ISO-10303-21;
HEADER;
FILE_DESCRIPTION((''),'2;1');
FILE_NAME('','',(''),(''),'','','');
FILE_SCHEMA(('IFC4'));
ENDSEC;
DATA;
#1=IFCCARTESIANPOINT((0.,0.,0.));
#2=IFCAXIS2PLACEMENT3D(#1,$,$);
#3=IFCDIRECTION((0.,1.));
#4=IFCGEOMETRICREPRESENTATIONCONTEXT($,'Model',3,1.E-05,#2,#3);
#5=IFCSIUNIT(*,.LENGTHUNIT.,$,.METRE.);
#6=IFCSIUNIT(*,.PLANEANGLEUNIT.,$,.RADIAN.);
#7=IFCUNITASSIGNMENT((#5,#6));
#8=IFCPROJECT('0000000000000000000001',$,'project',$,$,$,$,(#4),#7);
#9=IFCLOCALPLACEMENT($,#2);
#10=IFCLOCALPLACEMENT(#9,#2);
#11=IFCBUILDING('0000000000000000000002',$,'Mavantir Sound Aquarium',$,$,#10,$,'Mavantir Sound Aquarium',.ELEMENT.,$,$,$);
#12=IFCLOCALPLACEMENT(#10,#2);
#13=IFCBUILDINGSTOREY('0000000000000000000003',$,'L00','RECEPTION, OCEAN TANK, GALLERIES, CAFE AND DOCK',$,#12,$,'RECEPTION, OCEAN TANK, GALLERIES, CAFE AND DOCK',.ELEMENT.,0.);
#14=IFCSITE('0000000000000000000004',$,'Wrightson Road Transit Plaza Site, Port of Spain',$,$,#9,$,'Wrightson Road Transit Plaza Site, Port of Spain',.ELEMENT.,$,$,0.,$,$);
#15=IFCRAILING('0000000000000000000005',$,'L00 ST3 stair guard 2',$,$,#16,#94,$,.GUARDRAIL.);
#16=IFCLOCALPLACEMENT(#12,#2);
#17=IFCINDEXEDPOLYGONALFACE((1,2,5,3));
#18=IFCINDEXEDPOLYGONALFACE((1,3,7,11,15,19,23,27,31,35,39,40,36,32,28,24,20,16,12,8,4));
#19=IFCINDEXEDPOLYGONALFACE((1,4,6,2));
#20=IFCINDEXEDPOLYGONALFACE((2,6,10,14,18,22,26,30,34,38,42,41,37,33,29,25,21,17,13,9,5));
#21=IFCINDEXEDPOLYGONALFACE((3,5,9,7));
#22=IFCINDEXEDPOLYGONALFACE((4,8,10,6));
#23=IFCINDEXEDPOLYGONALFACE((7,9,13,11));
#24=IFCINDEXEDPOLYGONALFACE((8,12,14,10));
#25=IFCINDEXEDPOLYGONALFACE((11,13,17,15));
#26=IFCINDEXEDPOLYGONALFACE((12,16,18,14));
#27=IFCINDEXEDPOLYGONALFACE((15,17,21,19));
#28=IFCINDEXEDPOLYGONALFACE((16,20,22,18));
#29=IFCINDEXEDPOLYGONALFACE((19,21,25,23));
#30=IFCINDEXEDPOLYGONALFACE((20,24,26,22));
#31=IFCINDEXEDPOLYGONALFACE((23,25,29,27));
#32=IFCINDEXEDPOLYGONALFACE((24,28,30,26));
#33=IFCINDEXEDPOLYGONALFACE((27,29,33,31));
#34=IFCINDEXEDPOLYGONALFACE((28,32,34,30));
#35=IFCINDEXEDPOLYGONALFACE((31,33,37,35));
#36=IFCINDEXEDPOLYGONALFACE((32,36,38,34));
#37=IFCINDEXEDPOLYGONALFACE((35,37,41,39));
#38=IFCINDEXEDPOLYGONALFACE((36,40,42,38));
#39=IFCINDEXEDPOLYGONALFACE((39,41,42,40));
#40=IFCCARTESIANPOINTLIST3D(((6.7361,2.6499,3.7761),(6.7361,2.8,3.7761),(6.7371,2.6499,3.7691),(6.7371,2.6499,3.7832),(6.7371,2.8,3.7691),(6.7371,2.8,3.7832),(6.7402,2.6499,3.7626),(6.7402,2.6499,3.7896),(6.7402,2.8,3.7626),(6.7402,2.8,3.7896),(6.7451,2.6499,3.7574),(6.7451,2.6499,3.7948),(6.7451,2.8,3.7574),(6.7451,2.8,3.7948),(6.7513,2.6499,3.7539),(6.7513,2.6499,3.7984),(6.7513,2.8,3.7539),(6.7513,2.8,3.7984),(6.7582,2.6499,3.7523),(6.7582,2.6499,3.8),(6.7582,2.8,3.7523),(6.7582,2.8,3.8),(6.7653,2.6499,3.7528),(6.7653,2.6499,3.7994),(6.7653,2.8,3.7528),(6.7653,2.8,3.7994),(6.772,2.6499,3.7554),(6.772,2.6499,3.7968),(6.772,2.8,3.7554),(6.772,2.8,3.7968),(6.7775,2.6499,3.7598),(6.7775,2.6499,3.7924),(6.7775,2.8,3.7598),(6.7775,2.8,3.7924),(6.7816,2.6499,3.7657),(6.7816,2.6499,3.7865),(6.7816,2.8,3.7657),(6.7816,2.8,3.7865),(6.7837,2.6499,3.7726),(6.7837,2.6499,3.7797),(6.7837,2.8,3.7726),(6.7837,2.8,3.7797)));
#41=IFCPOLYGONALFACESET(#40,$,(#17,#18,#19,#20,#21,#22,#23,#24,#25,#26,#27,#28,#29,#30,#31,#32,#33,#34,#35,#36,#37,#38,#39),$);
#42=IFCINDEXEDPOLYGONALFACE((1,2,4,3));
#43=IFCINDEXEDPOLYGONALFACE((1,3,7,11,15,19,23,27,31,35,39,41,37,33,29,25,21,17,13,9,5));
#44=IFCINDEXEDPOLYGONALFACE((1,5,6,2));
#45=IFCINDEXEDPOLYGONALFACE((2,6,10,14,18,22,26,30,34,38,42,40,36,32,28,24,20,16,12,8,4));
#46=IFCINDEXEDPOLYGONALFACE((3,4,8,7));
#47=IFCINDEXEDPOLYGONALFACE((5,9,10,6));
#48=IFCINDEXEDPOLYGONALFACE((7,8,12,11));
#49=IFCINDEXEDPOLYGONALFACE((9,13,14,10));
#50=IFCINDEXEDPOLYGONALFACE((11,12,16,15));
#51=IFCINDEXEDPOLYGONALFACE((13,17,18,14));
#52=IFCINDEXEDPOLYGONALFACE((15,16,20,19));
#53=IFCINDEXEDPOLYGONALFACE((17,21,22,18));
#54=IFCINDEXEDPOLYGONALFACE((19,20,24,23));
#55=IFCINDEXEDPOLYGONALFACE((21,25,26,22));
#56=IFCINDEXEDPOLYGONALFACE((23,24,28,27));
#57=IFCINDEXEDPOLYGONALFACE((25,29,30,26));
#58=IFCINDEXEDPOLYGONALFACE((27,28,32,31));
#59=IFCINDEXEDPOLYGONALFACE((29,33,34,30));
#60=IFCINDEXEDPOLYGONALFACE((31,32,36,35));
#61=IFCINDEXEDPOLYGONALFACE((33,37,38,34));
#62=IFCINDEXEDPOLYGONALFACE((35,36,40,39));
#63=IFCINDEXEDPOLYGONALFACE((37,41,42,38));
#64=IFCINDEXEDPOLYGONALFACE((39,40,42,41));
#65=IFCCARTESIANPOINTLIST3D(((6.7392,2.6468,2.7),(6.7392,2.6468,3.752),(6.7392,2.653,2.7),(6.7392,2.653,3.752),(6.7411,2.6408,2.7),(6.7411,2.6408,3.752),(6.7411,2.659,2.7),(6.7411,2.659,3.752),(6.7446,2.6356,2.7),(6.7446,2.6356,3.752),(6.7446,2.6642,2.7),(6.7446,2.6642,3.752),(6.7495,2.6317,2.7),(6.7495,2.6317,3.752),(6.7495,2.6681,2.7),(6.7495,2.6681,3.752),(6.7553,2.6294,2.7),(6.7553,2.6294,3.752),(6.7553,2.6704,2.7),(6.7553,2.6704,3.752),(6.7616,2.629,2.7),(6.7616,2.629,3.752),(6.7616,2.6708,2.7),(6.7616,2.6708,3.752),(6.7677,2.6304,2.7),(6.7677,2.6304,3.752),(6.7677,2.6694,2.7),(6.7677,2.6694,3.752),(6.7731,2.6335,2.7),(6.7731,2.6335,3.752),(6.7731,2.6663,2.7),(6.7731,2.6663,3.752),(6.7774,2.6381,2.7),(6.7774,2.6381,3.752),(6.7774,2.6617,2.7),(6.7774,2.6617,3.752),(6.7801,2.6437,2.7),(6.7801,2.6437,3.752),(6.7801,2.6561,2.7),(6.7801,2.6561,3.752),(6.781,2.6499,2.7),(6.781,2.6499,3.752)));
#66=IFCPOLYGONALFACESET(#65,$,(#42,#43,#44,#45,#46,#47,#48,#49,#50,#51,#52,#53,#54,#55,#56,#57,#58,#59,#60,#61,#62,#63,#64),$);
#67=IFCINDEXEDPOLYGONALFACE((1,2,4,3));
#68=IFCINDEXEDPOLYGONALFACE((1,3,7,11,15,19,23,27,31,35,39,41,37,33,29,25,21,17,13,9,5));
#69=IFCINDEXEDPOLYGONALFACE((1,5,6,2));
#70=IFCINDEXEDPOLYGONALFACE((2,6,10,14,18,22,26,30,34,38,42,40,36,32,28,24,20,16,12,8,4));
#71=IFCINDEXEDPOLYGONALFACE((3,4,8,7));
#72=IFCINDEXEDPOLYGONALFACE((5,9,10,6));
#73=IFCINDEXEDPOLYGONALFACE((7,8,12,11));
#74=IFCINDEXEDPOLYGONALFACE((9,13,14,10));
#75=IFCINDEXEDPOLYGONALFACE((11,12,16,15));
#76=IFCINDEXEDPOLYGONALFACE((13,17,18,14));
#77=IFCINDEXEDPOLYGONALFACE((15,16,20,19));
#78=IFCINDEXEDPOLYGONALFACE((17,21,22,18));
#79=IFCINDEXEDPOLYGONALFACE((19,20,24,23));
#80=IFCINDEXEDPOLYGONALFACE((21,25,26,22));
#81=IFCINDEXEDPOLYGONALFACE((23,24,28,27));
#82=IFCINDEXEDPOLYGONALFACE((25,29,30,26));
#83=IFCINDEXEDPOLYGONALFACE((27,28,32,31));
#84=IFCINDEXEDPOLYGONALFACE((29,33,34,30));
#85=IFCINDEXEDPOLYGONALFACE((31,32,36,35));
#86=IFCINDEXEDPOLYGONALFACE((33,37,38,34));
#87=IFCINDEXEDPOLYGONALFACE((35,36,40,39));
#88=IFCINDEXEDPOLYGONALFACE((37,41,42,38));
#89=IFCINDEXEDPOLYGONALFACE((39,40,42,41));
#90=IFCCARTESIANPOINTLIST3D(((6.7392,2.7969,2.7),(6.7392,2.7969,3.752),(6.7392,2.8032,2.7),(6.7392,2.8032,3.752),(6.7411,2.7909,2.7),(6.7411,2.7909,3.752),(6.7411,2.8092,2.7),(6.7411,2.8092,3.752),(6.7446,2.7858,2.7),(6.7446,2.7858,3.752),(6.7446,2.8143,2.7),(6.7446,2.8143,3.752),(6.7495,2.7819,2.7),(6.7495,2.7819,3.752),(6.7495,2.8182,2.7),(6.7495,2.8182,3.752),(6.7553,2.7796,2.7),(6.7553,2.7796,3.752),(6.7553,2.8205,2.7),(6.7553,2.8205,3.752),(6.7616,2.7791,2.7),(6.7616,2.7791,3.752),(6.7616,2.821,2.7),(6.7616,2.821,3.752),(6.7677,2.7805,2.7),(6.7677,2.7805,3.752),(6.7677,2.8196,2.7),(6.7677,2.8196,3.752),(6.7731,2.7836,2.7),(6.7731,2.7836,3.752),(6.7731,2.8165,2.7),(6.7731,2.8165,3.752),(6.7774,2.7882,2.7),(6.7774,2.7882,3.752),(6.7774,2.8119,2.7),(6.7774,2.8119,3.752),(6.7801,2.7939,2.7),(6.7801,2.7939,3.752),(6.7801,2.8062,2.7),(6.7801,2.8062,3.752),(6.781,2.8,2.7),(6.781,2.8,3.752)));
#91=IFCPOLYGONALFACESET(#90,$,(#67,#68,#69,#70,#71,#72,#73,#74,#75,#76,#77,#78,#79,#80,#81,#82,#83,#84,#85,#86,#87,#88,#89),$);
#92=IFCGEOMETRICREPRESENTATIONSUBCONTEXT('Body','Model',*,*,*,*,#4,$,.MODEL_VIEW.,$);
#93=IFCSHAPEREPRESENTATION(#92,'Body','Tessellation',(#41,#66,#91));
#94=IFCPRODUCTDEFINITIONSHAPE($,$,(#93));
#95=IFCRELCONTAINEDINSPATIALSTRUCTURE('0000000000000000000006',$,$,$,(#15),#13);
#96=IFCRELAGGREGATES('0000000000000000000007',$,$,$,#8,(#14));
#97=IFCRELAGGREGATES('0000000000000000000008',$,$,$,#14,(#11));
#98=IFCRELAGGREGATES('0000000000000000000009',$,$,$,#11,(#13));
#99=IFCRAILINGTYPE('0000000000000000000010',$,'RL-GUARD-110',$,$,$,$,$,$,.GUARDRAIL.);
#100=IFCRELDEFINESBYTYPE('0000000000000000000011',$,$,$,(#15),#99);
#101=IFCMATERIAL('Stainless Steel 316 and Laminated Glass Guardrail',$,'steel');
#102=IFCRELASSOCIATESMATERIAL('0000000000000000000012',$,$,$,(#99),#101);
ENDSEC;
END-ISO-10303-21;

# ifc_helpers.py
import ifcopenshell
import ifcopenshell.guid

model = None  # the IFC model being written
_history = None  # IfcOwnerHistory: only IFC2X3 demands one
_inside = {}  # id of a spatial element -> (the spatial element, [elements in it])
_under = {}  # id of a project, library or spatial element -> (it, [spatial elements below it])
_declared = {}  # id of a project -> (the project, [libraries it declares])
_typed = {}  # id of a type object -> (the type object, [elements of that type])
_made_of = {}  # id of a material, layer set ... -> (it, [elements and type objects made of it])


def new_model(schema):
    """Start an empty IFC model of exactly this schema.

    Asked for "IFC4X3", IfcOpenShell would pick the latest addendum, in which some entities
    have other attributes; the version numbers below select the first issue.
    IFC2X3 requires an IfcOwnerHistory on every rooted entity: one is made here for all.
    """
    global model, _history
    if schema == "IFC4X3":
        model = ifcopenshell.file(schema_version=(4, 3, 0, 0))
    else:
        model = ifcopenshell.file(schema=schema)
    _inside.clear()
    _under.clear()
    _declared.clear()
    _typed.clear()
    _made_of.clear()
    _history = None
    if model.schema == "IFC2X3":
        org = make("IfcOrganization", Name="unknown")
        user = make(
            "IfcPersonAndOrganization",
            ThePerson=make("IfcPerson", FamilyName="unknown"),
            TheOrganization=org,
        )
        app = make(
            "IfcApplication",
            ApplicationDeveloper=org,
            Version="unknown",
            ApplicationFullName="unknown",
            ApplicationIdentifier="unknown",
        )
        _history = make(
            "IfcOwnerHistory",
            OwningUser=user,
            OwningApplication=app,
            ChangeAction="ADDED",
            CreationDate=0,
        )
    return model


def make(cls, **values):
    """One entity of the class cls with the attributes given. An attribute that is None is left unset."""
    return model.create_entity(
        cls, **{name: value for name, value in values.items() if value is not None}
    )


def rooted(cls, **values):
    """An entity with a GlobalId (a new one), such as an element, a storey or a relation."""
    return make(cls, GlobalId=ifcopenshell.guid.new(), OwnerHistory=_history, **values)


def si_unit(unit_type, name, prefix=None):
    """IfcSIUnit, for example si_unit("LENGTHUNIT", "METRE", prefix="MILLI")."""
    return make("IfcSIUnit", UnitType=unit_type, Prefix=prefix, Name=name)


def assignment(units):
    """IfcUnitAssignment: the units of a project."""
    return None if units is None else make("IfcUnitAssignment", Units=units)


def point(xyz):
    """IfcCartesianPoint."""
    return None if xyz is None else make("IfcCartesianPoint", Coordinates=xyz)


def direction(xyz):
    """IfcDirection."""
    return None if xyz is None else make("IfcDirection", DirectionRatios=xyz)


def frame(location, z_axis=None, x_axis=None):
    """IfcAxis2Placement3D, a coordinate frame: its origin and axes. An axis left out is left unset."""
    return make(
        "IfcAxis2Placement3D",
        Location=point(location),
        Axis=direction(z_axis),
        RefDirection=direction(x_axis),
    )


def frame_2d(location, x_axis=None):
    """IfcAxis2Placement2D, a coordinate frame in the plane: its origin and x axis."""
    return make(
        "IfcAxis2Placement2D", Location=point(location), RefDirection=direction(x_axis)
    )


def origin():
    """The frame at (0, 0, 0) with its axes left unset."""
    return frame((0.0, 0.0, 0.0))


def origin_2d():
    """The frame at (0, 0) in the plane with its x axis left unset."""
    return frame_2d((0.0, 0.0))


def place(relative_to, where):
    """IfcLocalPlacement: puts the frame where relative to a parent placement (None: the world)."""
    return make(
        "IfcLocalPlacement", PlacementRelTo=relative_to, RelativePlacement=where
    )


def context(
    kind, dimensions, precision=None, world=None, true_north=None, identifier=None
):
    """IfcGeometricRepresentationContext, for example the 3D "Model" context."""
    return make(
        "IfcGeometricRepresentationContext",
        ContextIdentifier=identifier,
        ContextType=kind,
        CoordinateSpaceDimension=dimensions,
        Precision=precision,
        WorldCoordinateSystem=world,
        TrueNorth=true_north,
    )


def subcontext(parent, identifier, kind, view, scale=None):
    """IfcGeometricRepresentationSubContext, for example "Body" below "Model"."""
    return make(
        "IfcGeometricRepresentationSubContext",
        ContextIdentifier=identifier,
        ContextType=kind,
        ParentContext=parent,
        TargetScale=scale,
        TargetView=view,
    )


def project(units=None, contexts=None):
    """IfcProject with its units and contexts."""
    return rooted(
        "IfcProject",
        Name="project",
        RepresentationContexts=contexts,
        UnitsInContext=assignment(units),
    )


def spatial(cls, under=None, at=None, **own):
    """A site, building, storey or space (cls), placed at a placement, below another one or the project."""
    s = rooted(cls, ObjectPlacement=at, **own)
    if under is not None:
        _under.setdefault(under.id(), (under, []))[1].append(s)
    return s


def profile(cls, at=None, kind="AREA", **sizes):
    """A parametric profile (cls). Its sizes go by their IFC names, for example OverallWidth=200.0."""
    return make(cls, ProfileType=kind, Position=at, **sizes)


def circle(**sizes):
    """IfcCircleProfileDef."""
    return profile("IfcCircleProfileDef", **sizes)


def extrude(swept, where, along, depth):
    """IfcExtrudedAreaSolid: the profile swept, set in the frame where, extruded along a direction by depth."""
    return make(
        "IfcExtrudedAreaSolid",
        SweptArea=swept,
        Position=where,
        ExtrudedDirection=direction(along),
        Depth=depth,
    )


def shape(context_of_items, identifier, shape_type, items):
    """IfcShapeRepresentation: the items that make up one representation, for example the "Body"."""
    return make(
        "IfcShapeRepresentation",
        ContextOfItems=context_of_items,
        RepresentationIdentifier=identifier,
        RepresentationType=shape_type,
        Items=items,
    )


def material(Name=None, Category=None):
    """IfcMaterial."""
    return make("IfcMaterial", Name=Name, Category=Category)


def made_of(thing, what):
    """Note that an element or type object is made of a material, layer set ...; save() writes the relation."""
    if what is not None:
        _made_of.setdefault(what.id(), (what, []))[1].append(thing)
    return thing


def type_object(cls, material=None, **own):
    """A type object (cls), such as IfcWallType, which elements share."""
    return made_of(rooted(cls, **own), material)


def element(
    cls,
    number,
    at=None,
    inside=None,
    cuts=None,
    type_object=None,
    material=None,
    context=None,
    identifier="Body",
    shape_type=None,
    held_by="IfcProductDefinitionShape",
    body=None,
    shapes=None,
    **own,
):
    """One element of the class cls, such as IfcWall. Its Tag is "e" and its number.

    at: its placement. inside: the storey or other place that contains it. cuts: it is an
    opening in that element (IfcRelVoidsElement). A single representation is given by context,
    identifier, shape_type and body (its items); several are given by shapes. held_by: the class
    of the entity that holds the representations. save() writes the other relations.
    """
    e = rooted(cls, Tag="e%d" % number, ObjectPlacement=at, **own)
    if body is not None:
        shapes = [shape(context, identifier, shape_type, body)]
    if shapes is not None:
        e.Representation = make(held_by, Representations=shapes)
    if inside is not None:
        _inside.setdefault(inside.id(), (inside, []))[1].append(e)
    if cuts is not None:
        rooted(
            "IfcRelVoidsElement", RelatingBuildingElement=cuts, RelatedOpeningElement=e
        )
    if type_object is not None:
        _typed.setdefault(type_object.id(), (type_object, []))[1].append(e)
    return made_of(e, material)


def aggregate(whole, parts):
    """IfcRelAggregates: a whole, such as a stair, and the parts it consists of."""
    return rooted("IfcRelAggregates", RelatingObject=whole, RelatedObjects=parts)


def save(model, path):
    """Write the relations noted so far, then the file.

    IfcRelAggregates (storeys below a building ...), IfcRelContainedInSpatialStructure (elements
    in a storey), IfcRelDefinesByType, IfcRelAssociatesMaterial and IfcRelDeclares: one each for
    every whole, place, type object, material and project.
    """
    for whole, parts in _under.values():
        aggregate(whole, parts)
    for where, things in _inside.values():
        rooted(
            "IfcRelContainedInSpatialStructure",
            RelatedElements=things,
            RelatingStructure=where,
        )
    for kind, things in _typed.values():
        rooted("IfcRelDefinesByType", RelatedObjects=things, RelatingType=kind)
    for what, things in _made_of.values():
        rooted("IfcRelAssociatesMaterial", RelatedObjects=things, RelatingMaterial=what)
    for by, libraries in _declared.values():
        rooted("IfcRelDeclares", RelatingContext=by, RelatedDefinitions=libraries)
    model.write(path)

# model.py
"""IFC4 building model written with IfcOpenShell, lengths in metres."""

from ifc_helpers import new_model, si_unit, direction, frame, origin, origin_2d, place, context, subcontext, project, spatial, circle, extrude, material, type_object, element, save


model = new_model("IFC4")

# Units and contexts
model_context = context("Model", 3, precision=1e-05, world=origin(), true_north=direction((0.0, 1.0)))
body_context = subcontext(model_context, "Body", "Model", "MODEL_VIEW")
ifc_project = project(units=[si_unit("LENGTHUNIT", "METRE"), si_unit("PLANEANGLEUNIT", "RADIAN")], contexts=[model_context])

# Site, building, storey
site_placement = place(None, origin())
site = spatial("IfcSite", under=ifc_project, at=site_placement, Name="Wrightson Road Transit Plaza Site, Port of Spain", LongName="Wrightson Road Transit Plaza Site, Port of Spain", CompositionType="ELEMENT", RefElevation=0.0)
building_placement = place(site_placement, origin())
building = spatial("IfcBuilding", under=site, at=building_placement, Name="Mavantir Sound Aquarium", LongName="Mavantir Sound Aquarium", CompositionType="ELEMENT")
storey_placement = place(building_placement, origin())
storey = spatial("IfcBuildingStorey", under=building, at=storey_placement, Name="L00", Description="RECEPTION, OCEAN TANK, GALLERIES, CAFE AND DOCK", LongName="RECEPTION, OCEAN TANK, GALLERIES, CAFE AND DOCK", CompositionType="ELEMENT", Elevation=0.0)

# Railing
ifc_material_1 = material(Name="Stainless Steel 316 and Laminated Glass Guardrail", Category="steel")
railing_type_1 = type_object("IfcRailingType", Name="RL-GUARD-110", PredefinedType="GUARDRAIL", material=ifc_material_1)
railing_1_placement = place(storey_placement, frame((6.76, 2.6499, 2.7)))
element("IfcRailing", 1, at=railing_1_placement, inside=storey, type_object=railing_type_1, Name="L00 ST3 stair guard 2", PredefinedType="GUARDRAIL", context=body_context, shape_type="SweptSolid", body=[
    extrude(circle(Radius=0.0239, at=origin_2d()), frame((0.0, 0.0, 1.0762), z_axis=(0.0, 1.0, 0.0), x_axis=(-1.0, 0.0, 0.0)), (0.0, 0.0, 1.0), 0.1501),
    extrude(circle(Radius=0.021, at=origin_2d()), origin(), (0.0, 0.0, 1.0), 1.052),
    extrude(circle(Radius=0.021, at=origin_2d()), frame((0.0, 0.1501, 0.0)), (0.0, 0.0, 1.0), 1.052),
])

save(model, "model.ifc")
